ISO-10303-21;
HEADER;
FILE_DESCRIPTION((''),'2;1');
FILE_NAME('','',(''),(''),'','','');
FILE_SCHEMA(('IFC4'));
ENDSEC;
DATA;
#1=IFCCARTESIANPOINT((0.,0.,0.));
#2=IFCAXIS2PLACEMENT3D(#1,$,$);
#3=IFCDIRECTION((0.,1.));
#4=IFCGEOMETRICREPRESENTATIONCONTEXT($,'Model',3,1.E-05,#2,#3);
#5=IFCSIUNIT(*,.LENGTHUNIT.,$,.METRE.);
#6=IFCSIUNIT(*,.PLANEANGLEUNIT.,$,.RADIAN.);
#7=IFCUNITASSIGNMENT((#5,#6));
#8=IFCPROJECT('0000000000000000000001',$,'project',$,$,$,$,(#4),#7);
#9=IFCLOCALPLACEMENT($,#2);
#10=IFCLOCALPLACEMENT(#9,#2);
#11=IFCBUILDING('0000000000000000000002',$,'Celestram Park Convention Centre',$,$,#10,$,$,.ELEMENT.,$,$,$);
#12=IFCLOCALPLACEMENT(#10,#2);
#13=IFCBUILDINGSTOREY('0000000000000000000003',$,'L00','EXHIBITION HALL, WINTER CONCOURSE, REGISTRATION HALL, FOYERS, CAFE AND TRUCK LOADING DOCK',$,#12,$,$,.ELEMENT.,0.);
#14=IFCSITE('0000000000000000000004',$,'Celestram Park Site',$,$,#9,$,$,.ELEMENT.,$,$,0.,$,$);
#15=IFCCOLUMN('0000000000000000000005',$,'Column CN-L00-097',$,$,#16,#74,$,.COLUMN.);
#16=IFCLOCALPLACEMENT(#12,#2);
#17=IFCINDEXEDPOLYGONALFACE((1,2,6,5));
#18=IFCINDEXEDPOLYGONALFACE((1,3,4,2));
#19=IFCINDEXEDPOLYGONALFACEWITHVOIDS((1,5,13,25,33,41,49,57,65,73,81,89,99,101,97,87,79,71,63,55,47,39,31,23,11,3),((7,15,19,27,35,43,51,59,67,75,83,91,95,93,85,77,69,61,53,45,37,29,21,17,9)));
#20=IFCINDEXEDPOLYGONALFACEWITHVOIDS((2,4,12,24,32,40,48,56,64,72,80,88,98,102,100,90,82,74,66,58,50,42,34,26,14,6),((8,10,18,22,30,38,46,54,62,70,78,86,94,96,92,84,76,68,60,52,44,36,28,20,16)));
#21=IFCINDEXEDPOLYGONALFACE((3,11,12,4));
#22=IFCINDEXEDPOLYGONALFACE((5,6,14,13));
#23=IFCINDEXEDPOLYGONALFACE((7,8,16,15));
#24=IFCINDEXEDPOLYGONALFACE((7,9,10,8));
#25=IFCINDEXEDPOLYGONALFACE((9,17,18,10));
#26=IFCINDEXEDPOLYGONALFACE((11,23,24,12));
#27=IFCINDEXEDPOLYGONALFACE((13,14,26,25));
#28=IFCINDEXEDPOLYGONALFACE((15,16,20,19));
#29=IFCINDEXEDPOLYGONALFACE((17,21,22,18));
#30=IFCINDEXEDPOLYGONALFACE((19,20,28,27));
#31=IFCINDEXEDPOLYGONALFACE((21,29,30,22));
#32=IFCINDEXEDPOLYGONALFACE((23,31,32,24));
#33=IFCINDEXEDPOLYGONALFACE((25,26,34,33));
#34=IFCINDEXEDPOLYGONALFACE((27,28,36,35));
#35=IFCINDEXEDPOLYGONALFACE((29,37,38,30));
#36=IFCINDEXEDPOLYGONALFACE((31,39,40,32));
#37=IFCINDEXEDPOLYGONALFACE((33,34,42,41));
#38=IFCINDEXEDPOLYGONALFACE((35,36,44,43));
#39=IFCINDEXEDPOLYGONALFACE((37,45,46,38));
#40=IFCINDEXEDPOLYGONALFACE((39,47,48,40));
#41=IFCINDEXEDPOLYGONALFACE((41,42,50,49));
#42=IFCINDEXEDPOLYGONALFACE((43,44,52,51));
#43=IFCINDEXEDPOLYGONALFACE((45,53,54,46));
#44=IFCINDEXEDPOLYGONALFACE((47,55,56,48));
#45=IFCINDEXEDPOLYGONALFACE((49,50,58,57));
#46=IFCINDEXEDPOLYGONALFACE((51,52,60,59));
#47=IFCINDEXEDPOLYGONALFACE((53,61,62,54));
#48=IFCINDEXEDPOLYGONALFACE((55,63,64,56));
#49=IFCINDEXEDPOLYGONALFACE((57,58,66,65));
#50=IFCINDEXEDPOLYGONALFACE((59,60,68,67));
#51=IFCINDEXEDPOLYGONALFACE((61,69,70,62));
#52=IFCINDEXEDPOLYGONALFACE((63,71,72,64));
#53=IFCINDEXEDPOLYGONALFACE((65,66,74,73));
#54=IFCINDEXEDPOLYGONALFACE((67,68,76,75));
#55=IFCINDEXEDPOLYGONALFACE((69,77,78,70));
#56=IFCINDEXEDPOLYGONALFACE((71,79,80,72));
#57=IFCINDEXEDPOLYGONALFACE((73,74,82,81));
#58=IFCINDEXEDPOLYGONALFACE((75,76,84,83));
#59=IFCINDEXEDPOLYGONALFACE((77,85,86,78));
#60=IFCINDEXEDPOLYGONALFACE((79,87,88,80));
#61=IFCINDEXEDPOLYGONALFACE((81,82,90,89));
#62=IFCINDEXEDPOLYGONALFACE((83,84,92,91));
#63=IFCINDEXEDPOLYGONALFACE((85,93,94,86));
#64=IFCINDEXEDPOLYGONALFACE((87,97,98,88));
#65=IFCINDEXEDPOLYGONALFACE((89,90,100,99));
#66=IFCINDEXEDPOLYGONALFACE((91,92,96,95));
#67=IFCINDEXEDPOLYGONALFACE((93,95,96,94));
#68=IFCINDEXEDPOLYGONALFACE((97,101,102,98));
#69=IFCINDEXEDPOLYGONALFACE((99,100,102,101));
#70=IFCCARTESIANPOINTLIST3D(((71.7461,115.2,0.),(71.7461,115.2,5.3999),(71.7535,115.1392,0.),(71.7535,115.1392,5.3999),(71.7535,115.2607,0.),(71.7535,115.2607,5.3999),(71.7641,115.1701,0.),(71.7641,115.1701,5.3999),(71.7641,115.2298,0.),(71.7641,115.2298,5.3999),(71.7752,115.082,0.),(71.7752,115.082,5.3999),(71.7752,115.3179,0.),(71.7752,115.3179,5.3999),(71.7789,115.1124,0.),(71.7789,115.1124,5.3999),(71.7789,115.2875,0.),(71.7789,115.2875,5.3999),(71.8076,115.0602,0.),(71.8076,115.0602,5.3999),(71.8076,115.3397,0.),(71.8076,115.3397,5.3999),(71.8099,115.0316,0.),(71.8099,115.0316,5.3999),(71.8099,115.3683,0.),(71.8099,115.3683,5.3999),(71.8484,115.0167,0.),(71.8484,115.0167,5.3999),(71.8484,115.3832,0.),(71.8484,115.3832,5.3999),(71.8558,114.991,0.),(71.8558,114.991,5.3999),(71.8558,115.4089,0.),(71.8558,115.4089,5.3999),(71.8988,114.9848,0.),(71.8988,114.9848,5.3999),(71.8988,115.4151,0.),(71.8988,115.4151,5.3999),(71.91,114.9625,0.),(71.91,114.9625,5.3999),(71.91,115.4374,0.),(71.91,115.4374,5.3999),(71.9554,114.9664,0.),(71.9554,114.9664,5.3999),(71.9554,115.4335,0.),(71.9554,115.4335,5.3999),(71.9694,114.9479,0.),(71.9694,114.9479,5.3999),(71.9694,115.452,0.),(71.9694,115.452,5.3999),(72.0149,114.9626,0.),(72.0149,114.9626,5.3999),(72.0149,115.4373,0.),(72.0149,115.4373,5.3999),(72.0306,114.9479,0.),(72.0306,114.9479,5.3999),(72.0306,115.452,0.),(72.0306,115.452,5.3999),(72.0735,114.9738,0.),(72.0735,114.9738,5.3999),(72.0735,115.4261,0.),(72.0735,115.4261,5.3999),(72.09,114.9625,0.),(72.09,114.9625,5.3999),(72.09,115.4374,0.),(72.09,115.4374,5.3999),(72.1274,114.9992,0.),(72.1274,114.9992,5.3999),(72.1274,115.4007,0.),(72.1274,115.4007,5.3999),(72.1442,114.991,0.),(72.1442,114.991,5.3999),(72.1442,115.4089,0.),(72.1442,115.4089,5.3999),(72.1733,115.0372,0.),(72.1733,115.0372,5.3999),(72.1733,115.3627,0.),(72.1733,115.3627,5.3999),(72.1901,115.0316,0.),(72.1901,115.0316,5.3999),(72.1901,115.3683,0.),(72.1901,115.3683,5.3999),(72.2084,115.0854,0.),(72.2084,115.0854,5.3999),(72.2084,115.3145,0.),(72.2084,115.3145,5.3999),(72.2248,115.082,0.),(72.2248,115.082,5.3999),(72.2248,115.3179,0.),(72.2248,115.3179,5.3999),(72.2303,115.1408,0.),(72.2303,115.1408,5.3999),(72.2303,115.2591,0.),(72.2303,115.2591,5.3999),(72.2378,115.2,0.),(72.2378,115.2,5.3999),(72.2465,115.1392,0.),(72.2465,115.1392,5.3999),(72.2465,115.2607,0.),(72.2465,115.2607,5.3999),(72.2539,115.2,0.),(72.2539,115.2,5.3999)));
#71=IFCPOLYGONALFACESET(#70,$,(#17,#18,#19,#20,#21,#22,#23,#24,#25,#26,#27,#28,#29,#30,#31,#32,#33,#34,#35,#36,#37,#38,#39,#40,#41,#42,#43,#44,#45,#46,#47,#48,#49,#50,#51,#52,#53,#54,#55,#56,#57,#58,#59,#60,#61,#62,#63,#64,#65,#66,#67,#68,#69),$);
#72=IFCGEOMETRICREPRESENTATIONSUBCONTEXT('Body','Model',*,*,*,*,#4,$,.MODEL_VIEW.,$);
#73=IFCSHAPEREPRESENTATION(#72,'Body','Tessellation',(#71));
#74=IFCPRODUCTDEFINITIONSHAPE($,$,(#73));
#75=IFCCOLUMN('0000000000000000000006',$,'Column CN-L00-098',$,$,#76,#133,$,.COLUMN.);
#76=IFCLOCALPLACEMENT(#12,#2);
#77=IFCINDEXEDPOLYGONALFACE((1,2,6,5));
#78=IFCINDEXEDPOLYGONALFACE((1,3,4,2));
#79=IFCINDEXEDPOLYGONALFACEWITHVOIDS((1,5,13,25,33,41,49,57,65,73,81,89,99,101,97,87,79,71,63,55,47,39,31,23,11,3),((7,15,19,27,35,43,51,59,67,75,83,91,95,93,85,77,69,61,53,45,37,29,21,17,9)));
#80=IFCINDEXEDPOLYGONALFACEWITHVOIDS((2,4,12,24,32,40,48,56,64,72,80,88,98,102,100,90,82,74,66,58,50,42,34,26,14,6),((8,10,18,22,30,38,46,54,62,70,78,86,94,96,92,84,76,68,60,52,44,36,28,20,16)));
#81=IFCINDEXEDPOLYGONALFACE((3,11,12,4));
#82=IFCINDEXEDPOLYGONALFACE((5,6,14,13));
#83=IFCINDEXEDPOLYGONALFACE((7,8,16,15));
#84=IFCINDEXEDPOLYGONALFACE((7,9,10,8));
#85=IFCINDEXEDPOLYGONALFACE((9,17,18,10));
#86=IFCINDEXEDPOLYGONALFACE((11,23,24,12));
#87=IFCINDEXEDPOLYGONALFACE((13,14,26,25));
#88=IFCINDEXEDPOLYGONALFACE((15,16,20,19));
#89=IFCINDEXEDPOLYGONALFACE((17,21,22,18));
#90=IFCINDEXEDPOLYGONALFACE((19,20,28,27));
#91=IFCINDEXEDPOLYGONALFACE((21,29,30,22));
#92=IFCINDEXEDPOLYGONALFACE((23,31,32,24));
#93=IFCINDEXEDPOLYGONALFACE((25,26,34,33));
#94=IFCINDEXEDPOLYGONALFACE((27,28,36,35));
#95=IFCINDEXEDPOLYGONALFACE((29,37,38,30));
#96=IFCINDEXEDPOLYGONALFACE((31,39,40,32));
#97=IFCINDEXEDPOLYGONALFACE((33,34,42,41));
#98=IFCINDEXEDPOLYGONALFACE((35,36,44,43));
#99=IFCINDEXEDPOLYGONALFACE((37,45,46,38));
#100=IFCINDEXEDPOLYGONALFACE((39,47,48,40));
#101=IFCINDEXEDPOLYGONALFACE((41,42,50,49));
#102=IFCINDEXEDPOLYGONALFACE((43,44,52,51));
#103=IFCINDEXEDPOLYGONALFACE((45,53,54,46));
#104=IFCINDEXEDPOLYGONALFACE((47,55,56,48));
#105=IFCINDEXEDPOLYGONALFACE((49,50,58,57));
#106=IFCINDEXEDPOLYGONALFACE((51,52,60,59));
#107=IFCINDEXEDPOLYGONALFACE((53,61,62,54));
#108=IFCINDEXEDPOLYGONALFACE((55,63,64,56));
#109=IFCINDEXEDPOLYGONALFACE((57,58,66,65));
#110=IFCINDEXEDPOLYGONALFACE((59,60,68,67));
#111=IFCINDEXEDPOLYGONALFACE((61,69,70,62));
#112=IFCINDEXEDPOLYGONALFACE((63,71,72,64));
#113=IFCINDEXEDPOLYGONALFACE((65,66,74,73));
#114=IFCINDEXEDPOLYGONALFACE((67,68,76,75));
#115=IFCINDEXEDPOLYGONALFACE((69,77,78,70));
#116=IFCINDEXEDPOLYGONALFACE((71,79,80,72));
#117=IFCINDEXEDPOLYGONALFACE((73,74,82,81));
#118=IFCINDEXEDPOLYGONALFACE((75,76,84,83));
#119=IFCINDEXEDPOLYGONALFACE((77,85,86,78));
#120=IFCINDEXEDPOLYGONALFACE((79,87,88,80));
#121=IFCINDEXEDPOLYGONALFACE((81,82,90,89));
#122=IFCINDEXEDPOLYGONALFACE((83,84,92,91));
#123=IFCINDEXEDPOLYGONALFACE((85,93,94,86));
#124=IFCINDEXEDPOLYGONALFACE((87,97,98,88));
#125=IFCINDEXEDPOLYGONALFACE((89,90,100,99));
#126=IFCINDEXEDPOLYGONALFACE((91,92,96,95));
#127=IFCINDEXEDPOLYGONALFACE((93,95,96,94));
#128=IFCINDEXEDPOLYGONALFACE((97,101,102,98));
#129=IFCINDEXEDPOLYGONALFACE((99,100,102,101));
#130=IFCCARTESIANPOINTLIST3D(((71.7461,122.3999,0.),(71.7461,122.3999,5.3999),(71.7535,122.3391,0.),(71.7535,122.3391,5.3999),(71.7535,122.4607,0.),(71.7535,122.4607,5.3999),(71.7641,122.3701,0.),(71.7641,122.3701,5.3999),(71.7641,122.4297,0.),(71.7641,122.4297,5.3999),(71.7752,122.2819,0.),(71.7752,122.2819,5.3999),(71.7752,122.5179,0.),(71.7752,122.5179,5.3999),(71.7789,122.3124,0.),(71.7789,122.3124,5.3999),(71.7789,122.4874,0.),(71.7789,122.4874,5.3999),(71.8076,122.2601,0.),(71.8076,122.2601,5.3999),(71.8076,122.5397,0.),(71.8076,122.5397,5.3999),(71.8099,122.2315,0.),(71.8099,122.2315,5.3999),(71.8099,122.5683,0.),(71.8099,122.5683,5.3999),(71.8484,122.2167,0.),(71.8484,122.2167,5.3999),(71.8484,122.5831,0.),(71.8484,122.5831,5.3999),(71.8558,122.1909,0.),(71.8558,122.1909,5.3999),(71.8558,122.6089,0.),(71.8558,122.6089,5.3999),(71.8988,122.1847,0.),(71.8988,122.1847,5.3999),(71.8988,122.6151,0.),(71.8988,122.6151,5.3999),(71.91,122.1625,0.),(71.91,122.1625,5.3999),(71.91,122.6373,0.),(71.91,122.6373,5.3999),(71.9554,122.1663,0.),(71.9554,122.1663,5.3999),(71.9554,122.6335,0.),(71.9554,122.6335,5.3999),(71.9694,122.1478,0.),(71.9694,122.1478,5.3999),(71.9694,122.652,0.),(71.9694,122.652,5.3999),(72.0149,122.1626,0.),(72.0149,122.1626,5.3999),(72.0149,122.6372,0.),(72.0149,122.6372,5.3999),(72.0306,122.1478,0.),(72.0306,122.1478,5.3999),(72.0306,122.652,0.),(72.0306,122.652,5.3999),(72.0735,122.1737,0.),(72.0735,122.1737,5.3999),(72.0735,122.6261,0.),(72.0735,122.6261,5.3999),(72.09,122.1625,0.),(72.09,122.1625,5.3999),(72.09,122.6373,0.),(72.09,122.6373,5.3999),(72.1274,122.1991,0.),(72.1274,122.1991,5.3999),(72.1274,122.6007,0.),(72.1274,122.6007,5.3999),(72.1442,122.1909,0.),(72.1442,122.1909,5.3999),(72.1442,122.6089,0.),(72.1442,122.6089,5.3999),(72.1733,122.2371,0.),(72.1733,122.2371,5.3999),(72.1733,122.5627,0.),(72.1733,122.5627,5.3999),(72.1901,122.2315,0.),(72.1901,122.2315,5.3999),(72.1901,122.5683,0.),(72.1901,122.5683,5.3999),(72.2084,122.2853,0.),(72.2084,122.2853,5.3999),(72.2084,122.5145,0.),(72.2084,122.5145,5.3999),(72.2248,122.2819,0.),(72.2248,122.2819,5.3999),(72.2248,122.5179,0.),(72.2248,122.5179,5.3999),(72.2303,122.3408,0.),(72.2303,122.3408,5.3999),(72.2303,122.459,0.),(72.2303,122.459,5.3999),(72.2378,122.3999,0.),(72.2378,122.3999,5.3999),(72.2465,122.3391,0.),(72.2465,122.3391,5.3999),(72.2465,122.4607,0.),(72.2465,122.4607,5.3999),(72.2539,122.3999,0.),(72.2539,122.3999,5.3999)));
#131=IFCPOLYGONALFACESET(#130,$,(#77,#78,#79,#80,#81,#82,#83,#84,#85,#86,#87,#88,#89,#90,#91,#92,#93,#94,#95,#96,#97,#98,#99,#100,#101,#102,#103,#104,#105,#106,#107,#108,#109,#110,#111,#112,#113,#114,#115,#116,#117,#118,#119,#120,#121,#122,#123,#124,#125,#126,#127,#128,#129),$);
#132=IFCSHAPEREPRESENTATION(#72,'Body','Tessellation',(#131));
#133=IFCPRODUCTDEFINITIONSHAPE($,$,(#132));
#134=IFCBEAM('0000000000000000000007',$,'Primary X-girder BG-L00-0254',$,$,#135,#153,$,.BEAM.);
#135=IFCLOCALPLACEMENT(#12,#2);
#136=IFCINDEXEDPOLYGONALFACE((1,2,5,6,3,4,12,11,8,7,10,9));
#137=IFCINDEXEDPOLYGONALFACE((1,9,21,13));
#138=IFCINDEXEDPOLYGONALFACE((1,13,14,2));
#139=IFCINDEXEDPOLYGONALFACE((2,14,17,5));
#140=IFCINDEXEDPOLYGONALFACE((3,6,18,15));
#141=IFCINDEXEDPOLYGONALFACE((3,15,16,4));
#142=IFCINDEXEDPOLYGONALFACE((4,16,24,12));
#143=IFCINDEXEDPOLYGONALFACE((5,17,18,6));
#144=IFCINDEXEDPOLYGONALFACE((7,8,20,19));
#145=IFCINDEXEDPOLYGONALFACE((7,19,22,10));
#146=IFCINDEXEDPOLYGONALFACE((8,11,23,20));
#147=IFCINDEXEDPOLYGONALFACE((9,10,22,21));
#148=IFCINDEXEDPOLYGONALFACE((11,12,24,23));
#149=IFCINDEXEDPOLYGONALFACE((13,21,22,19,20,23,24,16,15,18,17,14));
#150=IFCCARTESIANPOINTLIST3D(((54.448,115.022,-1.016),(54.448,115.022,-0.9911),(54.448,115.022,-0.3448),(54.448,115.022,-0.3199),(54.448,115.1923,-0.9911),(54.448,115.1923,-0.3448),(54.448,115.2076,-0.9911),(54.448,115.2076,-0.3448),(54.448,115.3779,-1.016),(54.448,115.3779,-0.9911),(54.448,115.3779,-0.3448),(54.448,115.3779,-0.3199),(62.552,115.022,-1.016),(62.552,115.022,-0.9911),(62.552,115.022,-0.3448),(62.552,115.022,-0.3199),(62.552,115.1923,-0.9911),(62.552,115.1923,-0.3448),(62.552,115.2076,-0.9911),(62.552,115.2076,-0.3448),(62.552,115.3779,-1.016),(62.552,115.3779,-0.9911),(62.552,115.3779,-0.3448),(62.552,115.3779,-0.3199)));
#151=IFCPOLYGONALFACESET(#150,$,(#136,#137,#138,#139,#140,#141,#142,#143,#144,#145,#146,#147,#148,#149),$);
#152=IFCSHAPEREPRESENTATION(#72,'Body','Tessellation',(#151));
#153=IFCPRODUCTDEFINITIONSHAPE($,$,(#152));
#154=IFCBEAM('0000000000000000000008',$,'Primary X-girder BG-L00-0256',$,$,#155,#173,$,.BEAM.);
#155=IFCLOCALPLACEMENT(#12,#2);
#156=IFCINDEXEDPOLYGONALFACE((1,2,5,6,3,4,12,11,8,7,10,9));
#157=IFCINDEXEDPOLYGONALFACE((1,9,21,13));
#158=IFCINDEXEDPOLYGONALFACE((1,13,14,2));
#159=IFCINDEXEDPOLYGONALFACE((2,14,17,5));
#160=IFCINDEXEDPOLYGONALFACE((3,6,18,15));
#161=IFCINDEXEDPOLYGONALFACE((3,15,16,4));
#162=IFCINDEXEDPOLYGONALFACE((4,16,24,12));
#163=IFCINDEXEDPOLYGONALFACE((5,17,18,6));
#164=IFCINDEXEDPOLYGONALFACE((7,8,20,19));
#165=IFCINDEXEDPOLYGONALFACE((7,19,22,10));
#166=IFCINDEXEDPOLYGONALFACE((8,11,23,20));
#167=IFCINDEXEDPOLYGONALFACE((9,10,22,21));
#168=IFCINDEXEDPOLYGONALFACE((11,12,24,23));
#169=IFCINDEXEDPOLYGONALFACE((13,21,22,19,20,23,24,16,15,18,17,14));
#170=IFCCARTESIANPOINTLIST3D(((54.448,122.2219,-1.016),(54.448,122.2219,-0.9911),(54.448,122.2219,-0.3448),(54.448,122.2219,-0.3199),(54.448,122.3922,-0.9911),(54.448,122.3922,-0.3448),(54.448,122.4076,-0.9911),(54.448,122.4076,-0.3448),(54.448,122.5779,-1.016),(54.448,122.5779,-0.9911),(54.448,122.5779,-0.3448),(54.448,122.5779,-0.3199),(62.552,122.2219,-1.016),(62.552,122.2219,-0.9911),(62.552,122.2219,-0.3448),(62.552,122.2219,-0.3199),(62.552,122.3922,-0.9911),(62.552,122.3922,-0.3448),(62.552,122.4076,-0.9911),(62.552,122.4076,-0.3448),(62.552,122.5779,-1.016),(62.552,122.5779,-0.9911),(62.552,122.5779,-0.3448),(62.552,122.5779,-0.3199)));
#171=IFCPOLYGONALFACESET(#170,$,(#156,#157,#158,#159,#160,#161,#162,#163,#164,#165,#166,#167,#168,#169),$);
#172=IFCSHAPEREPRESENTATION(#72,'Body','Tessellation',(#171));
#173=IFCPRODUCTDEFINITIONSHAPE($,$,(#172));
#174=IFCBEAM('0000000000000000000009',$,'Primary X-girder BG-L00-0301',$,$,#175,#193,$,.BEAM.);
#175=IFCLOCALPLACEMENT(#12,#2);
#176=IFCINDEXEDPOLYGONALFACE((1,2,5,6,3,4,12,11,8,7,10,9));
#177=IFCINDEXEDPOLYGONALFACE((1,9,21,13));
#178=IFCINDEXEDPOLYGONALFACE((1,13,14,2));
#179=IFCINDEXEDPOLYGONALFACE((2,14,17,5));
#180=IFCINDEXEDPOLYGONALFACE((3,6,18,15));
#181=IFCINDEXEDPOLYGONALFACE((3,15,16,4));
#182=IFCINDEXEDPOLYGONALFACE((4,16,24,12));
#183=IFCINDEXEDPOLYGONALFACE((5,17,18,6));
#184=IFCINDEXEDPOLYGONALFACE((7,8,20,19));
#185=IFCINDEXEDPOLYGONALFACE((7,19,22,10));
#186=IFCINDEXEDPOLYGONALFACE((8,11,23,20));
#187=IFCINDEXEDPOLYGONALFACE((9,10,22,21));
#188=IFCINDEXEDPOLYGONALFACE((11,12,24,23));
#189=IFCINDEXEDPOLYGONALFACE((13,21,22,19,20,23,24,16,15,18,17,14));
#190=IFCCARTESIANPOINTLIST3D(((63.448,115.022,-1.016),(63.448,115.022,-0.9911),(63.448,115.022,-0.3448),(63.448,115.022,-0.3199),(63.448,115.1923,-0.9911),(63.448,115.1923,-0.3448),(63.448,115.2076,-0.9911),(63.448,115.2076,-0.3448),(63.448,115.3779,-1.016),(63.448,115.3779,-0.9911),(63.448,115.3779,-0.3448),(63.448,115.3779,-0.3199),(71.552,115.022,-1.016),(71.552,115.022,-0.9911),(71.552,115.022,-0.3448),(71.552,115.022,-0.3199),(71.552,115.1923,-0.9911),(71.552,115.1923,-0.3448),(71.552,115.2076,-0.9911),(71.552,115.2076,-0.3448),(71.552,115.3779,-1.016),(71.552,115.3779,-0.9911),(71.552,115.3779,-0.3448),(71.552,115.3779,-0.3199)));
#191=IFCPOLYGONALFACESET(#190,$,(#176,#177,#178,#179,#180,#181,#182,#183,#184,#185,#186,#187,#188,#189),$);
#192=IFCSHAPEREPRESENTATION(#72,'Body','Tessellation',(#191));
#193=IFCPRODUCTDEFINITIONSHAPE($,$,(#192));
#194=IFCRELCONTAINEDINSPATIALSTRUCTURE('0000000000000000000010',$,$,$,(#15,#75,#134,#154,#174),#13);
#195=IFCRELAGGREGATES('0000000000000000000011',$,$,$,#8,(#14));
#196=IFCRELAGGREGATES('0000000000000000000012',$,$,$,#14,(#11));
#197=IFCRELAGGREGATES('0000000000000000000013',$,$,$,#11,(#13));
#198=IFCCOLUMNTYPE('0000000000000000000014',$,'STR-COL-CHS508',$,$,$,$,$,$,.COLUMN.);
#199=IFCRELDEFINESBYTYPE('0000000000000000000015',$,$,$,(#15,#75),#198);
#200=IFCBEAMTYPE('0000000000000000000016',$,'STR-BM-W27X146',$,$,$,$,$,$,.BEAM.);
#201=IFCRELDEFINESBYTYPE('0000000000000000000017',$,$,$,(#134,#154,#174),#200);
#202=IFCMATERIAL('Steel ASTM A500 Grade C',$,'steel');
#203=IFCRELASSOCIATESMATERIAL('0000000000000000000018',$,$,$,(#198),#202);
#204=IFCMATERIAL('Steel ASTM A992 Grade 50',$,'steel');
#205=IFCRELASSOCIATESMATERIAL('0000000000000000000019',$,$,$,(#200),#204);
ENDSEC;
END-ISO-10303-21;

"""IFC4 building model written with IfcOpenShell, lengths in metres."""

from ifc_helpers import new_model, si_unit, direction, frame, origin, origin_2d, place, context, subcontext, project, spatial, hollow_circle, i_section, extrude, material, material_profile, profile_set, type_object, element, save


model = new_model("IFC4")

# Units and contexts
model_context = context("Model", 3, precision=1e-05, world=origin(), true_north=direction((0.0, 1.0)))
body_context = subcontext(model_context, "Body", "Model", "MODEL_VIEW")
ifc_project = project(units=[si_unit("LENGTHUNIT", "METRE"), si_unit("PLANEANGLEUNIT", "RADIAN")], contexts=[model_context])

# Site, building, storey
site_placement = place(None, origin())
site = spatial("IfcSite", under=ifc_project, at=site_placement, Name="Celestram Park Site", CompositionType="ELEMENT", RefElevation=0.0)
building_placement = place(site_placement, origin())
building = spatial("IfcBuilding", under=site, at=building_placement, Name="Celestram Park Convention Centre", CompositionType="ELEMENT")
storey_placement = place(building_placement, origin())
storey = spatial("IfcBuildingStorey", under=building, at=storey_placement, Name="L00", Description="EXHIBITION HALL, WINTER CONCOURSE, REGISTRATION HALL, FOYERS, CAFE AND TRUCK LOADING DOCK", CompositionType="ELEMENT", Elevation=0.0)

# Columns
ifc_material_1 = material(Name="Steel ASTM A500 Grade C", Category="steel")
ifc_material_profile_1 = material_profile(ifc_material_1, hollow_circle(Radius=0.2539, WallThickness=0.0161, at=origin_2d()), Name="CHS508X16")
ifc_profile_set_1 = profile_set([ifc_material_profile_1], Name="Steel ASTM A500 Grade C")
column_type = type_object("IfcColumnType", Name="STR-COL-CHS508", PredefinedType="COLUMN", material=ifc_profile_set_1)
for number, where, z_axis, x_axis, name in (
    (1, (72.0, 115.2, 0.0), (0.0, 0.0, 1.0), (1.0, 0.0, 0.0), "Column CN-L00-097"),
    (2, (72.0, 122.3999, 0.0), (0.0, 0.0, 1.0), (1.0, 0.0, 0.0), "Column CN-L00-098"),
):
    element("IfcColumn", number, at=place(storey_placement, frame(where, z_axis=z_axis, x_axis=x_axis)), inside=storey, type_object=column_type, Name=name, PredefinedType="COLUMN", context=body_context, shape_type="SweptSolid", body=[
        extrude(hollow_circle(Radius=0.2539, WallThickness=0.0161, at=origin_2d()), origin(), (0.0, 0.0, 1.0), 5.3999),
    ])

# Beams
ifc_material_2 = material(Name="Steel ASTM A992 Grade 50", Category="steel")
ifc_material_profile_2 = material_profile(ifc_material_2, i_section(OverallWidth=0.356, OverallDepth=0.696, WebThickness=0.0154, FlangeThickness=0.0249, at=origin_2d()), Name="W27X146")
ifc_profile_set_2 = profile_set([ifc_material_profile_2], Name="Steel ASTM A992 Grade 50")
beam_type_1 = type_object("IfcBeamType", Name="STR-BM-W27X146", PredefinedType="BEAM", material=ifc_profile_set_2)
for number, where, z_axis, x_axis, name in (
    (3, (54.448, 115.2, -0.668), (1.0, 0.0, 0.0), (0.0, 1.0, 0.0), "Primary X-girder BG-L00-0254"),
    (4, (54.448, 122.3999, -0.668), (1.0, 0.0, 0.0), (0.0, 1.0, 0.0), "Primary X-girder BG-L00-0256"),
    (5, (63.448, 115.2, -0.668), (1.0, 0.0, 0.0), (0.0, 1.0, 0.0), "Primary X-girder BG-L00-0301"),
):
    element("IfcBeam", number, at=place(storey_placement, frame(where, z_axis=z_axis, x_axis=x_axis)), inside=storey, type_object=beam_type_1, Name=name, PredefinedType="BEAM", context=body_context, shape_type="SweptSolid", body=[
        extrude(i_section(OverallWidth=0.356, OverallDepth=0.696, WebThickness=0.0154, FlangeThickness=0.0249, at=origin_2d()), origin(), (0.0, 0.0, 1.0), 8.104),
    ])

save(model, "model.ifc")
